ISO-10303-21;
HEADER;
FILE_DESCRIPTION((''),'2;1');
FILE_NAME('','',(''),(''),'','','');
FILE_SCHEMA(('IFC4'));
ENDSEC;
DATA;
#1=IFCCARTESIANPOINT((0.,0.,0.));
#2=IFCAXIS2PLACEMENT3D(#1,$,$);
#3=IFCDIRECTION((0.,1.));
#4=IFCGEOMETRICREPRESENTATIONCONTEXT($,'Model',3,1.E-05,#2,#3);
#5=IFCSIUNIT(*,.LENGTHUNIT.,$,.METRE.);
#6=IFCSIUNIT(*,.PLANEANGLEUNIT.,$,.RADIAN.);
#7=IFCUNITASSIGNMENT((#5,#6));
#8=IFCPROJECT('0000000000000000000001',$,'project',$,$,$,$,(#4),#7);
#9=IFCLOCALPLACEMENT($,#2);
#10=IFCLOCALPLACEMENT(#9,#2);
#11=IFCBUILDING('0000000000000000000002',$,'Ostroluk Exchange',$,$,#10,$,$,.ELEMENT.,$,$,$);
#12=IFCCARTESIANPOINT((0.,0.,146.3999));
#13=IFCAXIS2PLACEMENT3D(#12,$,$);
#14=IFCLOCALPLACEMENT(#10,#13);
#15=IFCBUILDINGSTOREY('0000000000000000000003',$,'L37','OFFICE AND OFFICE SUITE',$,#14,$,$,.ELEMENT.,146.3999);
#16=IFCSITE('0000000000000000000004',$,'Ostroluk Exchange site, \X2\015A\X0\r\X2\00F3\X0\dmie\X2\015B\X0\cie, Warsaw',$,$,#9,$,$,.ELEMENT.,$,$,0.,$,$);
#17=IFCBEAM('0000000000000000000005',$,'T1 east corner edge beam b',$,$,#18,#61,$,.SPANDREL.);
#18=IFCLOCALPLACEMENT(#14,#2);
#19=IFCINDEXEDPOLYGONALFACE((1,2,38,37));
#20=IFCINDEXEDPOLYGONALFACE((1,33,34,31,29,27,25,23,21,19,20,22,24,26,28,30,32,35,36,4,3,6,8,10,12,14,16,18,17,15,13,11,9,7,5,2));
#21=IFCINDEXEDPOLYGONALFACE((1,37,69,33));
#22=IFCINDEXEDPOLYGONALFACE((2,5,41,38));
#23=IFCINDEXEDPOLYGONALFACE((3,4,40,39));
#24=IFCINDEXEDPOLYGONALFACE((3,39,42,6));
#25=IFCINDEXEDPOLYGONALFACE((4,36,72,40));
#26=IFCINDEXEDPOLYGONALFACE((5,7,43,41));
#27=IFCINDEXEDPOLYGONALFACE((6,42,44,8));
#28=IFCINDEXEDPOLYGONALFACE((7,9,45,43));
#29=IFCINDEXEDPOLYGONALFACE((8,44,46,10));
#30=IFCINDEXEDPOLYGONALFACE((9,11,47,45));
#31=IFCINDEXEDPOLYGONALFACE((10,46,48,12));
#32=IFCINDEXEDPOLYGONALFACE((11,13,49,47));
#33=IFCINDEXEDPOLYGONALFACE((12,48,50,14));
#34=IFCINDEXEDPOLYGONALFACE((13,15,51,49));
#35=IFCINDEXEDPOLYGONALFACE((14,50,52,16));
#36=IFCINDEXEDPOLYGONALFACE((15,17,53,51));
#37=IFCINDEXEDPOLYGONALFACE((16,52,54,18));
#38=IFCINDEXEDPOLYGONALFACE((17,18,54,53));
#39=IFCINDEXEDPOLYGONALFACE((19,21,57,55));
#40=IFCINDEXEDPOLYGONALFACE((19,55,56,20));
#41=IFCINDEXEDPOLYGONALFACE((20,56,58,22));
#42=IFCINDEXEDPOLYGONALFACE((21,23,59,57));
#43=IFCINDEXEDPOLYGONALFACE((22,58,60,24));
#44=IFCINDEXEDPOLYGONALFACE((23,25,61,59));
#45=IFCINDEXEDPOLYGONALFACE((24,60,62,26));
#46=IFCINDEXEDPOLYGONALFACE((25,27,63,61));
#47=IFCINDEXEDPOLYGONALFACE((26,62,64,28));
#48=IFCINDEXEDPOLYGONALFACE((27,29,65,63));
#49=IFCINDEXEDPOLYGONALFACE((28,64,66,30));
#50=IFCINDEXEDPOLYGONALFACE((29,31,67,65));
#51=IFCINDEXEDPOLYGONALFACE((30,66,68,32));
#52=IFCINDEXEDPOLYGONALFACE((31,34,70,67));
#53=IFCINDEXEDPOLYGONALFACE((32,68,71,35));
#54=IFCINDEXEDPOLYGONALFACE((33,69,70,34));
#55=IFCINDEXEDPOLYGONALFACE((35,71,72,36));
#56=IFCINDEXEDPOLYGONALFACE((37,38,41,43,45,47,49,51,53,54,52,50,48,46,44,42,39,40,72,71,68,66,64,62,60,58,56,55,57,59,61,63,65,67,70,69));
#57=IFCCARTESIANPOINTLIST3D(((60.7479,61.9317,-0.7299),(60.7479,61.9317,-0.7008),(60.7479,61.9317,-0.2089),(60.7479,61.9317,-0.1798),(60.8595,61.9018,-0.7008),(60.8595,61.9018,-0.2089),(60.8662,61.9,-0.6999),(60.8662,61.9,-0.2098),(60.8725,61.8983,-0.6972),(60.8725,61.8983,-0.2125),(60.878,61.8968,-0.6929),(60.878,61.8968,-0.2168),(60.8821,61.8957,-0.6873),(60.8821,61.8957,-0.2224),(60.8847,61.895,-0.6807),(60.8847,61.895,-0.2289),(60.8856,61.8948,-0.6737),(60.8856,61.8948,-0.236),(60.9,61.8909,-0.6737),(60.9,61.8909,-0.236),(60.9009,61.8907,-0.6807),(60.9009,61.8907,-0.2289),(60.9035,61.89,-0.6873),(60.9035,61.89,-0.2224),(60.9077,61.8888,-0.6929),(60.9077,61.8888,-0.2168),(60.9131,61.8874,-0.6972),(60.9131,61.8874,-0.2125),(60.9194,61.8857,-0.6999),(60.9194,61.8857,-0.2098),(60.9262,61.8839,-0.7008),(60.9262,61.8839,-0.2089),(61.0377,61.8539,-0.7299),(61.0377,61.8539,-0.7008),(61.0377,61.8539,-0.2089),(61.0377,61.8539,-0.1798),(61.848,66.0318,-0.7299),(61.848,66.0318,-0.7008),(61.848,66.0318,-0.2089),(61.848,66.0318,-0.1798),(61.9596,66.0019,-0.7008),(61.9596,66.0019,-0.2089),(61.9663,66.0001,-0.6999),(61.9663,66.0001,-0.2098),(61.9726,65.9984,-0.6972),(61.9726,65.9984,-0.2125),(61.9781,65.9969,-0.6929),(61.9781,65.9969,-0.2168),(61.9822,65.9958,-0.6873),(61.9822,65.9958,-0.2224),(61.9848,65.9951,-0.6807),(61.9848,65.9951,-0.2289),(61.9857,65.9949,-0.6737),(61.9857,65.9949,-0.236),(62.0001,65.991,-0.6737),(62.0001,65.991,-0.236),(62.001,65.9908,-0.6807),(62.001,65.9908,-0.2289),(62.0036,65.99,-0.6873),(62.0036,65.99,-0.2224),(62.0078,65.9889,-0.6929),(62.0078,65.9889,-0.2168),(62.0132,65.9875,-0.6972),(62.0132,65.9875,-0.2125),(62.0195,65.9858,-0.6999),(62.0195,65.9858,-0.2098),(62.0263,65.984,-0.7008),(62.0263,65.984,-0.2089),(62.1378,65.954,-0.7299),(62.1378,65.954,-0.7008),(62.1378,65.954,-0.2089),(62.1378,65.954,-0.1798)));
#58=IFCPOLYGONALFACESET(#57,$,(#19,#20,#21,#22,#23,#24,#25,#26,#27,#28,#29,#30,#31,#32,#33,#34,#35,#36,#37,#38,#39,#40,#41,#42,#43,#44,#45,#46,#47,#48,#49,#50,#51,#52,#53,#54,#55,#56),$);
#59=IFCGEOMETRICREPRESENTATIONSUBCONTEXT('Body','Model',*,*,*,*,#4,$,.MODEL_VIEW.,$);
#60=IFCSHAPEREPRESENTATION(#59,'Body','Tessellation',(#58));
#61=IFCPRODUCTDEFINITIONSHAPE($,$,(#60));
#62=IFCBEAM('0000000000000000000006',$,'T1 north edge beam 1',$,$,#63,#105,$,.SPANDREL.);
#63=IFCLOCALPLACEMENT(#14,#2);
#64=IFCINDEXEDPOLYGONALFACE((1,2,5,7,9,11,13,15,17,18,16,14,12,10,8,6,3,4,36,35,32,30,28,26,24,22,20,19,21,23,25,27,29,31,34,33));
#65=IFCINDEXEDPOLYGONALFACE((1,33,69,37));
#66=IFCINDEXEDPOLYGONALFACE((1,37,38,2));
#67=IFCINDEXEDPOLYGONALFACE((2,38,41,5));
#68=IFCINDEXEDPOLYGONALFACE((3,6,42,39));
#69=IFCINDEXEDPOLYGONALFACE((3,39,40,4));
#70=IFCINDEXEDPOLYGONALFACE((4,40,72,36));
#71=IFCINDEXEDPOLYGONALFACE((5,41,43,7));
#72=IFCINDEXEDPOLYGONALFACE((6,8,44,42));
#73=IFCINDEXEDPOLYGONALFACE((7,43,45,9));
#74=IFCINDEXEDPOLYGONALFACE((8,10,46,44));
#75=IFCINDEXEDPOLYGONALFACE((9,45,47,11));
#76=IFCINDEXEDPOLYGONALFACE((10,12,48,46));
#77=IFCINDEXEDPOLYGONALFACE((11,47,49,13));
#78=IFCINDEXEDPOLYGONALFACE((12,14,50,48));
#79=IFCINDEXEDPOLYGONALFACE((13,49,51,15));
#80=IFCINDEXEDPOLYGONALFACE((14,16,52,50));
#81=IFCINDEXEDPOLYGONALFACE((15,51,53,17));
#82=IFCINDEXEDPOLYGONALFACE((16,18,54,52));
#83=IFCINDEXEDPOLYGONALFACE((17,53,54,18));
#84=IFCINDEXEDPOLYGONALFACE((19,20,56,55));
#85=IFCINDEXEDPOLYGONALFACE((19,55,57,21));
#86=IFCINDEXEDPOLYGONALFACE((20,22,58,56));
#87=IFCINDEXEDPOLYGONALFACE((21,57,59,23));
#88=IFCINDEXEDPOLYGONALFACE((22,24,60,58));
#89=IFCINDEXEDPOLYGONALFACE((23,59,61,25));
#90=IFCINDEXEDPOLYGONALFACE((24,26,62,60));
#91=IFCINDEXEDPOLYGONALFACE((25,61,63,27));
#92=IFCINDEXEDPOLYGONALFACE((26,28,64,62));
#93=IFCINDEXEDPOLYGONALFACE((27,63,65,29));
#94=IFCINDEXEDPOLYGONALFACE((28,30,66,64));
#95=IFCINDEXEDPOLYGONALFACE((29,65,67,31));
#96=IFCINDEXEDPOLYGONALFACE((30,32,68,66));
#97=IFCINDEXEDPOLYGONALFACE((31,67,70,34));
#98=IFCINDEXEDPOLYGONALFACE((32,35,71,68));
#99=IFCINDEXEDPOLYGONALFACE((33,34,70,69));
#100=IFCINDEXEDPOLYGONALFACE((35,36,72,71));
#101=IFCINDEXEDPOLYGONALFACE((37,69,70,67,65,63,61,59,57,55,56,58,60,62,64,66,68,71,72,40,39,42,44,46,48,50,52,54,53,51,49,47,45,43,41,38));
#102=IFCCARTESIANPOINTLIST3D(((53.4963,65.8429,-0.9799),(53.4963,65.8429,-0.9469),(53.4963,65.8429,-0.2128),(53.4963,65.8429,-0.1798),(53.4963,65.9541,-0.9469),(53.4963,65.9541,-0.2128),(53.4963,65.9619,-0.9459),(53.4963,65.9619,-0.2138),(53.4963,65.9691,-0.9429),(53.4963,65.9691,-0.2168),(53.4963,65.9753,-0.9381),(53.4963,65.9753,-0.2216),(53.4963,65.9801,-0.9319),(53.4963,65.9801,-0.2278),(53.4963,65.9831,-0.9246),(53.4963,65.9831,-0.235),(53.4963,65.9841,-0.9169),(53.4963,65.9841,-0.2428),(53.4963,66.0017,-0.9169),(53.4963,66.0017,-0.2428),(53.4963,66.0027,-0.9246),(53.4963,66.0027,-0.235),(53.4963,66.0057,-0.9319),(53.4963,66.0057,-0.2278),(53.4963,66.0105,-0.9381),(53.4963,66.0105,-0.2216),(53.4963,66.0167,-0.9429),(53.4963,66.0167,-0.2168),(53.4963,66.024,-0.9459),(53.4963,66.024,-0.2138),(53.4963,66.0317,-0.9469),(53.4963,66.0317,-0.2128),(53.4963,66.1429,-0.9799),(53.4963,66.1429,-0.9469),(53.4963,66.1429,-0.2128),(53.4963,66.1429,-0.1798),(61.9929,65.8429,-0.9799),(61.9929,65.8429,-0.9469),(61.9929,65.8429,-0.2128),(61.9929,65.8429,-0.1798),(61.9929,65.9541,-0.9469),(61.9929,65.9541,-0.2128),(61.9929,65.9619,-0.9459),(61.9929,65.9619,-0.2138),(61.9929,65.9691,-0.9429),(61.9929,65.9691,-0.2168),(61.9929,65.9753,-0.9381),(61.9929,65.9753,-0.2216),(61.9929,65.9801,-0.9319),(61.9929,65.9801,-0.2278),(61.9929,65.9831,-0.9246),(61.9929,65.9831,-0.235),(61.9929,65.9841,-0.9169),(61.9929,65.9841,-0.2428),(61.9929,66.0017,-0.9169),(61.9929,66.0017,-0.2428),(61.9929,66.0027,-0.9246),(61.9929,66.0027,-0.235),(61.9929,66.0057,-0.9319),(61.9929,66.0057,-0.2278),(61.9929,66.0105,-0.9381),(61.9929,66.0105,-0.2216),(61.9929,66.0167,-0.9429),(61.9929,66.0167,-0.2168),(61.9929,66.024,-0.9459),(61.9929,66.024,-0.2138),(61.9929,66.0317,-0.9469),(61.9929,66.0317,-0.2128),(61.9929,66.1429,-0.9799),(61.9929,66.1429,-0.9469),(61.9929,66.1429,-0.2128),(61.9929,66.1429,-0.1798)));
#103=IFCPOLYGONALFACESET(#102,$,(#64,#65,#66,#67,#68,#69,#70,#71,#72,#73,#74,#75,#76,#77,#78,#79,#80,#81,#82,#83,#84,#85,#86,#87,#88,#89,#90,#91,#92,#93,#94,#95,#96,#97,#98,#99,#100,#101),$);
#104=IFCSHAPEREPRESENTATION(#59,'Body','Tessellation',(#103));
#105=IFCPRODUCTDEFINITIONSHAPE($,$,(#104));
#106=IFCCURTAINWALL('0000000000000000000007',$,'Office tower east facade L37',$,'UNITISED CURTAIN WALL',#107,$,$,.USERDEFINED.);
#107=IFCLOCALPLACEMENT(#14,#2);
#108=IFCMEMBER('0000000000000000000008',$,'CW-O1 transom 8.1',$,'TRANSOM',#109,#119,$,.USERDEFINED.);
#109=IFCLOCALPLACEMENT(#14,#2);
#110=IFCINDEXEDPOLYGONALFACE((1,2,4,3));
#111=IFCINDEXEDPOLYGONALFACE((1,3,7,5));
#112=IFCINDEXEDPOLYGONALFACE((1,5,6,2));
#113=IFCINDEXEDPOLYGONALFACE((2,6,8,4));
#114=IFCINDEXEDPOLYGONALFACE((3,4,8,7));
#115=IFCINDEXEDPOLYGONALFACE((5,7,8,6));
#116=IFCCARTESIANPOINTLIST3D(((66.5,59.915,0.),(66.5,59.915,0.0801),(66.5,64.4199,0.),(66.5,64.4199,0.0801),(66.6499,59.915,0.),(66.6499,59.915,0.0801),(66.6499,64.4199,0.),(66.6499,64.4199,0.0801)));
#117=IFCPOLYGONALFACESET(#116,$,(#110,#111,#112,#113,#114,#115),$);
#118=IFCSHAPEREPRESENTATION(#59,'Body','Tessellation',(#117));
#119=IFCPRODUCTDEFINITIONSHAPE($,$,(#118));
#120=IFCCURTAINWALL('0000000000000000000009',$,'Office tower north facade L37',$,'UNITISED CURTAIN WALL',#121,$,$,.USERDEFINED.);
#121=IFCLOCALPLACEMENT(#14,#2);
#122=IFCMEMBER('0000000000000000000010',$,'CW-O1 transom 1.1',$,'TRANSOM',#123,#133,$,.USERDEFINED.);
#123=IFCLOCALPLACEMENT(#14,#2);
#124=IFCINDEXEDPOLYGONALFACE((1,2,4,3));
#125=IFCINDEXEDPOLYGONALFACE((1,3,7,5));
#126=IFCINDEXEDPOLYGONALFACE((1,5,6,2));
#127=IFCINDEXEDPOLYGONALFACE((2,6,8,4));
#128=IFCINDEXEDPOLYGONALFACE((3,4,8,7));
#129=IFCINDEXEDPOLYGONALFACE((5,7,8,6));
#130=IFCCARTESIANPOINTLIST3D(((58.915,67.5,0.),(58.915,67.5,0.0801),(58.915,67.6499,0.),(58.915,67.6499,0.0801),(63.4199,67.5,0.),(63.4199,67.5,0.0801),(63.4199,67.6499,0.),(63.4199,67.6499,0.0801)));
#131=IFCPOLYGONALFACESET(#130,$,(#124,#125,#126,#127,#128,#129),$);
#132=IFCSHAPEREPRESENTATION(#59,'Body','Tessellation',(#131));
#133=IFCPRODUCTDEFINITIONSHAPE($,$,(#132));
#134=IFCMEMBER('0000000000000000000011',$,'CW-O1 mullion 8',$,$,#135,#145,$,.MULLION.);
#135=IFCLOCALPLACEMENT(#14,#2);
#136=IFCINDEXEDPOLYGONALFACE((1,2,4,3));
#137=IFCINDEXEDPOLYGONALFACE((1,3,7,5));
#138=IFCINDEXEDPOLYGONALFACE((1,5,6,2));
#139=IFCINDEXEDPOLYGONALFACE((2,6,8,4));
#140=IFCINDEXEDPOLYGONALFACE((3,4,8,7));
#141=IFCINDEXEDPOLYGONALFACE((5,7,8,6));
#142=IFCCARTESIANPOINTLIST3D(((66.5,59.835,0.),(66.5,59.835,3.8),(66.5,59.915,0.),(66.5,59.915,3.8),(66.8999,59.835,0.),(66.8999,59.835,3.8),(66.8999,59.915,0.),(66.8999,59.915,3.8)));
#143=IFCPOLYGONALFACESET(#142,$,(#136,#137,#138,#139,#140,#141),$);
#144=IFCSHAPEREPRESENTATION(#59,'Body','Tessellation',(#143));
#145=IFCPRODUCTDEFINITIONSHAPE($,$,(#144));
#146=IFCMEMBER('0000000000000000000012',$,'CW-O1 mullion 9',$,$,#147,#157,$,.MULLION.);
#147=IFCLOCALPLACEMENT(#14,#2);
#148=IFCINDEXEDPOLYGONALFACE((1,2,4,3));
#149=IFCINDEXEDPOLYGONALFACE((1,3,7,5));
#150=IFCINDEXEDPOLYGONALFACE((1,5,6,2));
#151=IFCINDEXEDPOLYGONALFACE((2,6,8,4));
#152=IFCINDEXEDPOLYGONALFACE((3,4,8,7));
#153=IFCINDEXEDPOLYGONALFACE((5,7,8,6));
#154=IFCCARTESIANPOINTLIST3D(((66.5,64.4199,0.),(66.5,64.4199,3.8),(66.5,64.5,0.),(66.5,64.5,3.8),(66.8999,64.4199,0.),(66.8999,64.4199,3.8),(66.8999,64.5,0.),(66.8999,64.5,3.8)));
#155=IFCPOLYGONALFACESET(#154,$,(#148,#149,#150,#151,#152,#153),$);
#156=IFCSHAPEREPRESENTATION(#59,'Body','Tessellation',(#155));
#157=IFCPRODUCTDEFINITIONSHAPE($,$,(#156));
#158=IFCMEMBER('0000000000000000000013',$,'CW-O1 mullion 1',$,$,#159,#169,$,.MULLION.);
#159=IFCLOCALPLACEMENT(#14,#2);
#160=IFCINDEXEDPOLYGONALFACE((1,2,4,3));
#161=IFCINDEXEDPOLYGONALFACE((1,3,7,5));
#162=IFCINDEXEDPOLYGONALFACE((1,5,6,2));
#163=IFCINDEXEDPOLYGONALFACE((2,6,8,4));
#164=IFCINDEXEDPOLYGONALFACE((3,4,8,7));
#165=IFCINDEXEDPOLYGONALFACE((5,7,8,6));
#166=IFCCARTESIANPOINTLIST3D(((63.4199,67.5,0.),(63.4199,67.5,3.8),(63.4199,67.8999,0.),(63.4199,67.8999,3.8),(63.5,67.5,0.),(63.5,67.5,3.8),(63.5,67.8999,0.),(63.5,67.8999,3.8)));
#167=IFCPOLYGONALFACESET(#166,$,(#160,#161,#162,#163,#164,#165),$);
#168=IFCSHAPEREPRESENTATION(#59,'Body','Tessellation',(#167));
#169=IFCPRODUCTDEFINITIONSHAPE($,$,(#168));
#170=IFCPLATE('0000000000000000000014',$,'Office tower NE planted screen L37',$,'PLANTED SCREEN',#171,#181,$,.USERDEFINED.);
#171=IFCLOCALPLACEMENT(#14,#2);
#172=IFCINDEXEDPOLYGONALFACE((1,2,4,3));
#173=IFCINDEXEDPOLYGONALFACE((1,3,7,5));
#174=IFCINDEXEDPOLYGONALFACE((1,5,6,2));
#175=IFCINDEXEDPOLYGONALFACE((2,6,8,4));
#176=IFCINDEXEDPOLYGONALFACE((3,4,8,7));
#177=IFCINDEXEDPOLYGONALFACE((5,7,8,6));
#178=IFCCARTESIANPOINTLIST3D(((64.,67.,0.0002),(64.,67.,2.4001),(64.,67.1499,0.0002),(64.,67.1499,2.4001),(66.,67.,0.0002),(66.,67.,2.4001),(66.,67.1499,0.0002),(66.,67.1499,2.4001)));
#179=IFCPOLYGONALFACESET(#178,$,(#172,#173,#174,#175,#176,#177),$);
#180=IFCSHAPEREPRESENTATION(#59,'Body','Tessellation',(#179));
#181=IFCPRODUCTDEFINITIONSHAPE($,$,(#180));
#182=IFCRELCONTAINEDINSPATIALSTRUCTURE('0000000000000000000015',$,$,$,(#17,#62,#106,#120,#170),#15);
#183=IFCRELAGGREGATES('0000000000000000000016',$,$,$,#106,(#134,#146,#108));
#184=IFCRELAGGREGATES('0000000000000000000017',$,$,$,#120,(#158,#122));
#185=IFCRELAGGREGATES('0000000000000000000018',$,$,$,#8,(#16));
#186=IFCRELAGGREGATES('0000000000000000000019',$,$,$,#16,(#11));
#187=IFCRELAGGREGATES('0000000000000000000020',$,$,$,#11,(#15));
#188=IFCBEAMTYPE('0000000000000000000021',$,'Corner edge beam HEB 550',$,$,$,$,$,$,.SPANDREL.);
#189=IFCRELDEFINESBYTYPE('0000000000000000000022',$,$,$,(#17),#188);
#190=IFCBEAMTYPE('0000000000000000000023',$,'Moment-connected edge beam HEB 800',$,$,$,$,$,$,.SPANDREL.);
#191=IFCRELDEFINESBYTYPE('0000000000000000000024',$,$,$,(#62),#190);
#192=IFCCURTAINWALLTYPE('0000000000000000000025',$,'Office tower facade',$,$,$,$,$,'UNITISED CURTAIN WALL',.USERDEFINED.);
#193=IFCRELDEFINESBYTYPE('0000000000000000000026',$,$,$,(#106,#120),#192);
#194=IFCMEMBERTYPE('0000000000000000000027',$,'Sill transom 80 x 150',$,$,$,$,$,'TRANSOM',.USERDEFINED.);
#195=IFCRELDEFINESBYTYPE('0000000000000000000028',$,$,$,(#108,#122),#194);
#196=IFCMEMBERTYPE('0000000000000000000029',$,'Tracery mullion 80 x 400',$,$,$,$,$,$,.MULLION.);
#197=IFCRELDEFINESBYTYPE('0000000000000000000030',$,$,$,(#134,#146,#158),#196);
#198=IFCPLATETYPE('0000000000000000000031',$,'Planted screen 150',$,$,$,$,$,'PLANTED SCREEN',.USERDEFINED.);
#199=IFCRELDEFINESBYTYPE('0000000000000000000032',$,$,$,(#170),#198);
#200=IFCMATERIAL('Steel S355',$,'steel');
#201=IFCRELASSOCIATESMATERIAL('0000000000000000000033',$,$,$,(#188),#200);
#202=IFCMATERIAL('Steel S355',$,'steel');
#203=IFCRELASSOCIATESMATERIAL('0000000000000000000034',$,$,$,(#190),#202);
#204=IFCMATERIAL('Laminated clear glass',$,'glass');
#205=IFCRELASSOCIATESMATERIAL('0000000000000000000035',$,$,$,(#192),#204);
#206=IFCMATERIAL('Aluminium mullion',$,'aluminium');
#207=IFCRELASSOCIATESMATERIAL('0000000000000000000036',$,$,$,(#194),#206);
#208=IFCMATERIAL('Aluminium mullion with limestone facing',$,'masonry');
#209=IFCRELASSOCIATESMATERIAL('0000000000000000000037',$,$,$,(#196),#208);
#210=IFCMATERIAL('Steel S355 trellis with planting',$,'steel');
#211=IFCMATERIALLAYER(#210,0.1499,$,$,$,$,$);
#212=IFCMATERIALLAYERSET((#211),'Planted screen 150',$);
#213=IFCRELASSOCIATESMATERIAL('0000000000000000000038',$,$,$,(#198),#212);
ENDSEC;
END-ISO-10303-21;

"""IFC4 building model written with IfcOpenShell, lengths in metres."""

from ifc_helpers import new_model, si_unit, direction, frame, origin, origin_2d, place, context, subcontext, project, spatial, rectangle, i_section, extrude, material, layer, layer_set, material_profile, profile_set, type_object, element, aggregate, save


model = new_model("IFC4")

# Units and contexts
model_context = context("Model", 3, precision=1e-05, world=origin(), true_north=direction((0.0, 1.0)))
body_context = subcontext(model_context, "Body", "Model", "MODEL_VIEW")
ifc_project = project(units=[si_unit("LENGTHUNIT", "METRE"), si_unit("PLANEANGLEUNIT", "RADIAN")], contexts=[model_context])

# Site, building, storey
site_placement = place(None, origin())
site = spatial("IfcSite", under=ifc_project, at=site_placement, Name="Ostroluk Exchange site, Śródmieście, Warsaw", CompositionType="ELEMENT", RefElevation=0.0)
building_placement = place(site_placement, origin())
building = spatial("IfcBuilding", under=site, at=building_placement, Name="Ostroluk Exchange", CompositionType="ELEMENT")
storey_placement = place(building_placement, frame((0.0, 0.0, 146.3999)))
storey = spatial("IfcBuildingStorey", under=building, at=storey_placement, Name="L37", Description="OFFICE AND OFFICE SUITE", CompositionType="ELEMENT", Elevation=146.3999)

# Beams
ifc_material_1 = material(Name="Steel S355", Category="steel")
ifc_material_profile_1 = material_profile(ifc_material_1, i_section(OverallWidth=0.3, OverallDepth=0.55, WebThickness=0.0149, FlangeThickness=0.0291, FilletRadius=0.0271, at=origin_2d()), Name="HEB 550")
ifc_profile_set_1 = profile_set([ifc_material_profile_1], Name="Steel S355")
beam_type_1 = type_object("IfcBeamType", Name="Corner edge beam HEB 550", PredefinedType="SPANDREL", material=ifc_profile_set_1)
for number, where, z_axis, x_axis, name in (
    (1, (60.8928, 61.8928, -0.4548), (0.259144, 0.965839, 0.0), (-0.965839, 0.259144, 0.0), "T1 east corner edge beam b"),
):
    element("IfcBeam", number, at=place(storey_placement, frame(where, z_axis=z_axis, x_axis=x_axis)), inside=storey, type_object=beam_type_1, Name=name, PredefinedType="SPANDREL", context=body_context, shape_type="SweptSolid", body=[
        extrude(i_section(OverallWidth=0.3, OverallDepth=0.55, WebThickness=0.0149, FlangeThickness=0.0291, FilletRadius=0.0271, at=origin_2d()), origin(), (0.0, 0.0, 1.0), 4.2451),
    ])
ifc_material_2 = material(Name="Steel S355", Category="steel")
ifc_material_profile_2 = material_profile(ifc_material_2, i_section(OverallWidth=0.3, OverallDepth=0.8, WebThickness=0.0176, FlangeThickness=0.033, FilletRadius=0.03, at=origin_2d()), Name="HEB 800")
ifc_profile_set_2 = profile_set([ifc_material_profile_2], Name="Steel S355")
beam_type_2 = type_object("IfcBeamType", Name="Moment-connected edge beam HEB 800", PredefinedType="SPANDREL", material=ifc_profile_set_2)
beam_1_placement = place(storey_placement, frame((61.9929, 65.9929, -0.5798), z_axis=(-1.0, 0.0, 0.0), x_axis=(0.0, -1.0, 0.0)))
element("IfcBeam", 2, at=beam_1_placement, inside=storey, type_object=beam_type_2, Name="T1 north edge beam 1", PredefinedType="SPANDREL", context=body_context, shape_type="SweptSolid", body=[
    extrude(i_section(OverallWidth=0.3, OverallDepth=0.8, WebThickness=0.0176, FlangeThickness=0.033, FilletRadius=0.03, at=origin_2d()), origin(), (0.0, 0.0, 1.0), 8.4966),
])

# Curtain walls, members
ifc_material_3 = material(Name="Laminated clear glass", Category="glass")
curtain_wall_type = type_object("IfcCurtainWallType", Name="Office tower facade", ElementType="UNITISED CURTAIN WALL", PredefinedType="USERDEFINED", material=ifc_material_3)
curtain_wall_1_placement = place(storey_placement, origin())
curtain_wall_1 = element("IfcCurtainWall", 3, at=curtain_wall_1_placement, inside=storey, type_object=curtain_wall_type, Name="Office tower east facade L37", ObjectType="UNITISED CURTAIN WALL", PredefinedType="USERDEFINED")
ifc_material_4 = material(Name="Aluminium mullion", Category="aluminium")
ifc_material_profile_3 = material_profile(ifc_material_4, rectangle(XDim=0.1499, YDim=0.0801, at=origin_2d()), Name="Sill transom 80 x 150")
ifc_profile_set_3 = profile_set([ifc_material_profile_3], Name="Aluminium mullion")
member_type_1 = type_object("IfcMemberType", Name="Sill transom 80 x 150", ElementType="TRANSOM", PredefinedType="USERDEFINED", material=ifc_profile_set_3)
member_1_placement = place(storey_placement, frame((66.575, 59.915, 0.04), z_axis=(0.0, 1.0, 0.0), x_axis=(-1.0, 0.0, 0.0)))
member_1 = element("IfcMember", 4, at=member_1_placement, type_object=member_type_1, Name="CW-O1 transom 8.1", ObjectType="TRANSOM", PredefinedType="USERDEFINED", context=body_context, shape_type="SweptSolid", body=[
    extrude(rectangle(XDim=0.1499, YDim=0.0801, at=origin_2d()), origin(), (0.0, 0.0, 1.0), 4.5049),
])
curtain_wall_2_placement = place(storey_placement, origin())
curtain_wall_2 = element("IfcCurtainWall", 5, at=curtain_wall_2_placement, inside=storey, type_object=curtain_wall_type, Name="Office tower north facade L37", ObjectType="UNITISED CURTAIN WALL", PredefinedType="USERDEFINED")
member_2_placement = place(storey_placement, frame((63.4199, 67.575, 0.04), z_axis=(-1.0, 0.0, 0.0), x_axis=(0.0, -1.0, 0.0)))
member_2 = element("IfcMember", 6, at=member_2_placement, type_object=member_type_1, Name="CW-O1 transom 1.1", ObjectType="TRANSOM", PredefinedType="USERDEFINED", context=body_context, shape_type="SweptSolid", body=[
    extrude(rectangle(XDim=0.1499, YDim=0.0801, at=origin_2d()), origin(), (0.0, 0.0, 1.0), 4.5049),
])

# Members
ifc_material_5 = material(Name="Aluminium mullion with limestone facing", Category="masonry")
ifc_material_profile_4 = material_profile(ifc_material_5, rectangle(XDim=0.3999, YDim=0.0801, at=origin_2d()), Name="Tracery mullion 80 x 400")
ifc_profile_set_4 = profile_set([ifc_material_profile_4], Name="Aluminium mullion with limestone facing")
member_type_2 = type_object("IfcMemberType", Name="Tracery mullion 80 x 400", PredefinedType="MULLION", material=ifc_profile_set_4)
member_3_placement = place(storey_placement, frame((66.7, 59.875, 0.0), z_axis=(0.0, 0.0, 1.0), x_axis=(-1.0, 0.0, 0.0)))
member_3 = element("IfcMember", 7, at=member_3_placement, type_object=member_type_2, Name="CW-O1 mullion 8", PredefinedType="MULLION", context=body_context, shape_type="SweptSolid", body=[
    extrude(rectangle(XDim=0.3999, YDim=0.0801, at=origin_2d()), origin(), (0.0, 0.0, 1.0), 3.8),
])
member_4_placement = place(storey_placement, frame((66.7, 64.46, 0.0), z_axis=(0.0, 0.0, 1.0), x_axis=(-1.0, 0.0, 0.0)))
member_4 = element("IfcMember", 8, at=member_4_placement, type_object=member_type_2, Name="CW-O1 mullion 9", PredefinedType="MULLION", context=body_context, shape_type="SweptSolid", body=[
    extrude(rectangle(XDim=0.3999, YDim=0.0801, at=origin_2d()), origin(), (0.0, 0.0, 1.0), 3.8),
])
member_5_placement = place(storey_placement, frame((63.46, 67.7, 0.0), z_axis=(0.0, 0.0, 1.0), x_axis=(0.0, -1.0, 0.0)))
member_5 = element("IfcMember", 9, at=member_5_placement, type_object=member_type_2, Name="CW-O1 mullion 1", PredefinedType="MULLION", context=body_context, shape_type="SweptSolid", body=[
    extrude(rectangle(XDim=0.3999, YDim=0.0801, at=origin_2d()), origin(), (0.0, 0.0, 1.0), 3.8),
])

# Plate
ifc_material_6 = material(Name="Steel S355 trellis with planting", Category="steel")
ifc_layer_1 = layer(ifc_material_6, 0.1499)
ifc_layer_set_1 = layer_set([ifc_layer_1], Name="Planted screen 150")
plate_type_1 = type_object("IfcPlateType", Name="Planted screen 150", ElementType="PLANTED SCREEN", PredefinedType="USERDEFINED", material=ifc_layer_set_1)
plate_1_placement = place(storey_placement, frame((65.0, 67.075, 0.0002), z_axis=(0.0, 0.0, 1.0), x_axis=(1.0, 0.0, 0.0)))
element("IfcPlate", 10, at=plate_1_placement, inside=storey, type_object=plate_type_1, Name="Office tower NE planted screen L37", ObjectType="PLANTED SCREEN", PredefinedType="USERDEFINED", context=body_context, shape_type="SweptSolid", body=[
    extrude(rectangle(XDim=2.0, YDim=0.1499, at=origin_2d()), origin(), (0.0, 0.0, 1.0), 2.3999),
])
aggregate(curtain_wall_1, [member_3, member_4, member_1])
aggregate(curtain_wall_2, [member_5, member_2])

save(model, "model.ifc")
